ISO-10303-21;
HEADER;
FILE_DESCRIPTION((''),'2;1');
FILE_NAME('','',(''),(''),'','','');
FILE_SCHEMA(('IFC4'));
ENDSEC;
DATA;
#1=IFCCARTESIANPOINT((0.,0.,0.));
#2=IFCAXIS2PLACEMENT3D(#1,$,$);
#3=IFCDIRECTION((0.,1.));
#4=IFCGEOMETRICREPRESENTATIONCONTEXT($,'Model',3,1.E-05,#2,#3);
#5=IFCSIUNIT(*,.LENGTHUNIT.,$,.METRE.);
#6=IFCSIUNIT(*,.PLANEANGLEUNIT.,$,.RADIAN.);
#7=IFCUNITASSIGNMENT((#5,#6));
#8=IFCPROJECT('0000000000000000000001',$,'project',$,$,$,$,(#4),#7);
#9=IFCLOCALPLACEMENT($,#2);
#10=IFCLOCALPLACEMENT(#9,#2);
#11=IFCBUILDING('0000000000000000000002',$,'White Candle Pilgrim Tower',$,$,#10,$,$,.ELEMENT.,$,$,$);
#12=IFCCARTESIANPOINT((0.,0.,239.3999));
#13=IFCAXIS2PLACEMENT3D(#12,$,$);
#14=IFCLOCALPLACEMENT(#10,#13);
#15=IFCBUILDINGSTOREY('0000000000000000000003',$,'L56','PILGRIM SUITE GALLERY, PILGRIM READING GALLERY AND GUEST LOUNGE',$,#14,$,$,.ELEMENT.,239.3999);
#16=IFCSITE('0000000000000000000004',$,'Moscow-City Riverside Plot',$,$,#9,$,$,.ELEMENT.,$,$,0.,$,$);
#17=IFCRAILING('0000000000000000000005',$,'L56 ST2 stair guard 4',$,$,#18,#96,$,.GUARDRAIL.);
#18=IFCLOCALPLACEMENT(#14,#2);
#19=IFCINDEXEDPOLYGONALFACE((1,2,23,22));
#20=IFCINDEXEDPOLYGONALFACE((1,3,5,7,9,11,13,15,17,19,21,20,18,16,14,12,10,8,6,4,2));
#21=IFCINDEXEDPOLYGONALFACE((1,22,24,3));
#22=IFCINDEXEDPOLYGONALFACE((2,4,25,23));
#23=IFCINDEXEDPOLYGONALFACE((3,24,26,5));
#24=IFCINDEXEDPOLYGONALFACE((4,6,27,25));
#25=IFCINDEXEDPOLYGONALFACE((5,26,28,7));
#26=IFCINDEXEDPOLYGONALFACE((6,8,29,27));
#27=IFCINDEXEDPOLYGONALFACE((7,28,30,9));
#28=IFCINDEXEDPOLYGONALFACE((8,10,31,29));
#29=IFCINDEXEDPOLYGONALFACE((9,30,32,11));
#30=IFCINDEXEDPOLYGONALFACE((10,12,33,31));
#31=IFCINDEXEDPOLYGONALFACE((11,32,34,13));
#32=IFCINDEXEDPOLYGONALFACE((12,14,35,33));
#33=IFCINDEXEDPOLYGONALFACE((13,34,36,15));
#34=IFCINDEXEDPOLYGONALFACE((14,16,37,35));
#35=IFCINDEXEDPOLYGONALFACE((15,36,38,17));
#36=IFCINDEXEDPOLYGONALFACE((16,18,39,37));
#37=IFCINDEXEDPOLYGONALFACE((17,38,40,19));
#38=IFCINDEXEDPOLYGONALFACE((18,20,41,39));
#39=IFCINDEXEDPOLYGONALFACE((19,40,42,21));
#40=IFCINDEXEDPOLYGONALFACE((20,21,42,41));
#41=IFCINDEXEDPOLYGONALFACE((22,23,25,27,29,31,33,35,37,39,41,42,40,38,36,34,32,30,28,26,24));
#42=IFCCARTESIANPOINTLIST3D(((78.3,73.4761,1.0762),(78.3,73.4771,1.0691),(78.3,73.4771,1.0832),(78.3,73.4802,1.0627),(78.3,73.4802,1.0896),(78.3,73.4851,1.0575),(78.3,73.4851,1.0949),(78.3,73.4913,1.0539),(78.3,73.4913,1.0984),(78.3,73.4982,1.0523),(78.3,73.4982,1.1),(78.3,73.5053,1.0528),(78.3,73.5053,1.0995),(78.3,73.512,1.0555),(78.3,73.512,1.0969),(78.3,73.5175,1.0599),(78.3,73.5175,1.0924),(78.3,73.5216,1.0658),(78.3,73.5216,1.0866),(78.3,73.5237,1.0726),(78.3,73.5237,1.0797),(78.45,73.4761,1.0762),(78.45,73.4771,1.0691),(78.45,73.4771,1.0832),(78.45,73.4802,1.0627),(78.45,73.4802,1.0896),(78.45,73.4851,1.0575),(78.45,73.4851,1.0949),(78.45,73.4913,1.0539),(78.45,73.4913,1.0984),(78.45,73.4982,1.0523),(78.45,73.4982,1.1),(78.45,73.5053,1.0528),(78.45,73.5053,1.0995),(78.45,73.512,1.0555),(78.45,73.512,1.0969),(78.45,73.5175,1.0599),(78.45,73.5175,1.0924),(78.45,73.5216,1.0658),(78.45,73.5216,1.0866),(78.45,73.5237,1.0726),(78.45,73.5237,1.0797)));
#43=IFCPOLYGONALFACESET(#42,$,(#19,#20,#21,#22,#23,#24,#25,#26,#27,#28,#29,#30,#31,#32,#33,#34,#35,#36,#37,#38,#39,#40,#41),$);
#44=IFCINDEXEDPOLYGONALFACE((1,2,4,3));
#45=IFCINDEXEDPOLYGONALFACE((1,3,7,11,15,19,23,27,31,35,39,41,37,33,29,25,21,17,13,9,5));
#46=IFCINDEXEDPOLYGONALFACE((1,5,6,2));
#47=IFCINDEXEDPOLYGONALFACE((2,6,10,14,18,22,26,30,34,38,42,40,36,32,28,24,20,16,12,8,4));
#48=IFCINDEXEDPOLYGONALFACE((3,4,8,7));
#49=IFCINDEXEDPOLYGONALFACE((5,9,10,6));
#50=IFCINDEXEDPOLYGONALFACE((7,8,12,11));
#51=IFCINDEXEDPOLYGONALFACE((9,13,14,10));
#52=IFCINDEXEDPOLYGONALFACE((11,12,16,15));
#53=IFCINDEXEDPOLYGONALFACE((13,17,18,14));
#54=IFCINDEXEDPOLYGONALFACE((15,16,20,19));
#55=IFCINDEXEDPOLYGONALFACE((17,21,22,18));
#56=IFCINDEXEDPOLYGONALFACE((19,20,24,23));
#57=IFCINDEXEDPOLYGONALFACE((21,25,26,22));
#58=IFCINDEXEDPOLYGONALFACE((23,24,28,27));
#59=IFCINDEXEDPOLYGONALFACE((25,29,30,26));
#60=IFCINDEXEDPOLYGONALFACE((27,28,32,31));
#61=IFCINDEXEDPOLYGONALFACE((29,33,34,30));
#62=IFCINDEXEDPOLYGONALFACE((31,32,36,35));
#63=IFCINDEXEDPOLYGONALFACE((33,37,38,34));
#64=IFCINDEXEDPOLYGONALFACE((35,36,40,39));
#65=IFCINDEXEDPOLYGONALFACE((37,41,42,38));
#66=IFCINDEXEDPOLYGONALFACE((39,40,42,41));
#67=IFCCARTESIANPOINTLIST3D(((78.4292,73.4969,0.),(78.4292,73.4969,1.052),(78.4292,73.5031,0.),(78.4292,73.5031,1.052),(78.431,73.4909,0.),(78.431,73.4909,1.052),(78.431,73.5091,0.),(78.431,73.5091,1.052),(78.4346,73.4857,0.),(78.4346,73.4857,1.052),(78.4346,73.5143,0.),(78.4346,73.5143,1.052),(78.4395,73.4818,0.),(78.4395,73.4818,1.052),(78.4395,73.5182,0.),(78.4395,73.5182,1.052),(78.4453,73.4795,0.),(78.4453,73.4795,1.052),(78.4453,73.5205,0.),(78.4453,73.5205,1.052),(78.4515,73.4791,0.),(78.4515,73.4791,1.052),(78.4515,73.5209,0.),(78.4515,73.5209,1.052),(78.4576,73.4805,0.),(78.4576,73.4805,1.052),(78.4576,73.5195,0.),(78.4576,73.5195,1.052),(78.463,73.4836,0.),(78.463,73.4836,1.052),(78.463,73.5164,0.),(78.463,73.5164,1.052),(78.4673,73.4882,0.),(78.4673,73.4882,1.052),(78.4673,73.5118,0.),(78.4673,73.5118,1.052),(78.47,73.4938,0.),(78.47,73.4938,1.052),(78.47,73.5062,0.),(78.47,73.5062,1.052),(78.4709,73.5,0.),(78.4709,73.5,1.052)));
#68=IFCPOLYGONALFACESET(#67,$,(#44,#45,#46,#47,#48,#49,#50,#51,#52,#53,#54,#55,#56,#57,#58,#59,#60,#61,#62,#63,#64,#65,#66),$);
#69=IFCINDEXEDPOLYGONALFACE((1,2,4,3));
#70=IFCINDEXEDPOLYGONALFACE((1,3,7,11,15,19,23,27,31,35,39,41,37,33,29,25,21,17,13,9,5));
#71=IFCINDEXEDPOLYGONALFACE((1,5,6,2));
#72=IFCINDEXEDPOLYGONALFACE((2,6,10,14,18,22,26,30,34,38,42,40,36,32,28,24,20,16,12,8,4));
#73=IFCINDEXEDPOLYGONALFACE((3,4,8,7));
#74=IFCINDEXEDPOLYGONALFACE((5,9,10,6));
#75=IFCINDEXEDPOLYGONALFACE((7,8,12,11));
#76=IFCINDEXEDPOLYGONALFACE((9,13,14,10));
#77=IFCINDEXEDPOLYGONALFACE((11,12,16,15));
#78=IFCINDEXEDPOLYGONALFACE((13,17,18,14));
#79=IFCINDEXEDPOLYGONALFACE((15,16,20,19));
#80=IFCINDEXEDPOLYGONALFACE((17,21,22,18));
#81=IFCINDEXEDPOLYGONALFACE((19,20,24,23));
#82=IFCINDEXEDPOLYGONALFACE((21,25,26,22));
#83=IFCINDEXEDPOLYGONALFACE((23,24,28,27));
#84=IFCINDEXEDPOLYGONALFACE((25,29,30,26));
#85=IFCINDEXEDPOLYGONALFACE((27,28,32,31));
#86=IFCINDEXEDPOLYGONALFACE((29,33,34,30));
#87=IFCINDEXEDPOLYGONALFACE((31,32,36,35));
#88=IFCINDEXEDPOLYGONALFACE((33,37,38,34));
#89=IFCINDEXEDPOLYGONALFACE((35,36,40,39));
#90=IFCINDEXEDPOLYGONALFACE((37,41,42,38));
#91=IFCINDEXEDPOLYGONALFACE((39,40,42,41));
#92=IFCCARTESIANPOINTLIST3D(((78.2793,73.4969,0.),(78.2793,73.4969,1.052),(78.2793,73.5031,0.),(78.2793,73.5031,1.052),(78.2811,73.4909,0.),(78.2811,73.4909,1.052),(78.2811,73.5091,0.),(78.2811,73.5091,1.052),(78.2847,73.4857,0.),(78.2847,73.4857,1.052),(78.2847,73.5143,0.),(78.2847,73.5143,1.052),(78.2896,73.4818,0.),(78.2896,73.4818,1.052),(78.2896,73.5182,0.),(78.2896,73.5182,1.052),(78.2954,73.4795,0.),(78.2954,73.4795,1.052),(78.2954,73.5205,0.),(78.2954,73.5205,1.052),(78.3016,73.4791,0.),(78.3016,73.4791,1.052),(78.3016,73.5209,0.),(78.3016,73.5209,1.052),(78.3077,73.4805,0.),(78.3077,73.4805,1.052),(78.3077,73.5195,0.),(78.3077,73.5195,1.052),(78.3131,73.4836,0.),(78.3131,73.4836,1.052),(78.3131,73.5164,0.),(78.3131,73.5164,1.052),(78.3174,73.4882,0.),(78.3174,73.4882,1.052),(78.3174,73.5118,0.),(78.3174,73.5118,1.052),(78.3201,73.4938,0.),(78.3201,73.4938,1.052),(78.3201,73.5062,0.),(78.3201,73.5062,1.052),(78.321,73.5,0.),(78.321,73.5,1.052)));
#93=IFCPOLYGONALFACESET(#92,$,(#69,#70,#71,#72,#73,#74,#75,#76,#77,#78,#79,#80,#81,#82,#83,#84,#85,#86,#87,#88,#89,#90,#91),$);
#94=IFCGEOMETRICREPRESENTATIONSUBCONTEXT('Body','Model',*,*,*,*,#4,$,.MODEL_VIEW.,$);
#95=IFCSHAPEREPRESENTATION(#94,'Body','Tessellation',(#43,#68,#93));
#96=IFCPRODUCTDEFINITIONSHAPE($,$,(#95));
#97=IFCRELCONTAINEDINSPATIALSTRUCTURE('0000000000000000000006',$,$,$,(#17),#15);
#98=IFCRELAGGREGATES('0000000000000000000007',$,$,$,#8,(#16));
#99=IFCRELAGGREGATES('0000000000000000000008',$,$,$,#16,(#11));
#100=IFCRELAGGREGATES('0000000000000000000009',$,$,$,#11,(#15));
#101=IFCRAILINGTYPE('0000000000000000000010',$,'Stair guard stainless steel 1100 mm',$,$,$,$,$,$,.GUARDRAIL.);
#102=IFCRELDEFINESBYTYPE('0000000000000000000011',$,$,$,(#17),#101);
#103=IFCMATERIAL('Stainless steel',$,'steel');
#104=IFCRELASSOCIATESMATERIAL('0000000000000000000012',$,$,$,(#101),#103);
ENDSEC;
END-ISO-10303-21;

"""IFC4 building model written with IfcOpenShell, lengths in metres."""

from ifc_helpers import new_model, si_unit, direction, frame, origin, origin_2d, place, context, subcontext, project, spatial, circle, extrude, material, type_object, element, save


model = new_model("IFC4")

# Units and contexts
model_context = context("Model", 3, precision=1e-05, world=origin(), true_north=direction((0.0, 1.0)))
body_context = subcontext(model_context, "Body", "Model", "MODEL_VIEW")
ifc_project = project(units=[si_unit("LENGTHUNIT", "METRE"), si_unit("PLANEANGLEUNIT", "RADIAN")], contexts=[model_context])

# Site, building, storey
site_placement = place(None, origin())
site = spatial("IfcSite", under=ifc_project, at=site_placement, Name="Moscow-City Riverside Plot", CompositionType="ELEMENT", RefElevation=0.0)
building_placement = place(site_placement, origin())
building = spatial("IfcBuilding", under=site, at=building_placement, Name="White Candle Pilgrim Tower", CompositionType="ELEMENT")
storey_placement = place(building_placement, frame((0.0, 0.0, 239.3999)))
storey = spatial("IfcBuildingStorey", under=building, at=storey_placement, Name="L56", Description="PILGRIM SUITE GALLERY, PILGRIM READING GALLERY AND GUEST LOUNGE", CompositionType="ELEMENT", Elevation=239.3999)

# Railing
ifc_material_1 = material(Name="Stainless steel", Category="steel")
railing_type_1 = type_object("IfcRailingType", Name="Stair guard stainless steel 1100 mm", PredefinedType="GUARDRAIL", material=ifc_material_1)
railing_1_placement = place(storey_placement, frame((78.45, 73.5, 0.0)))
element("IfcRailing", 1, at=railing_1_placement, inside=storey, type_object=railing_type_1, Name="L56 ST2 stair guard 4", PredefinedType="GUARDRAIL", context=body_context, shape_type="SweptSolid", body=[
    extrude(circle(Radius=0.0239, at=origin_2d()), frame((0.0, 0.0, 1.0762), z_axis=(-1.0, 0.0, 0.0), x_axis=(0.0, -1.0, 0.0)), (0.0, 0.0, 1.0), 0.1499),
    extrude(circle(Radius=0.021, at=origin_2d()), origin(), (0.0, 0.0, 1.0), 1.052),
    extrude(circle(Radius=0.021, at=origin_2d()), frame((-0.1499, 0.0, 0.0)), (0.0, 0.0, 1.0), 1.052),
])

save(model, "model.ifc")
